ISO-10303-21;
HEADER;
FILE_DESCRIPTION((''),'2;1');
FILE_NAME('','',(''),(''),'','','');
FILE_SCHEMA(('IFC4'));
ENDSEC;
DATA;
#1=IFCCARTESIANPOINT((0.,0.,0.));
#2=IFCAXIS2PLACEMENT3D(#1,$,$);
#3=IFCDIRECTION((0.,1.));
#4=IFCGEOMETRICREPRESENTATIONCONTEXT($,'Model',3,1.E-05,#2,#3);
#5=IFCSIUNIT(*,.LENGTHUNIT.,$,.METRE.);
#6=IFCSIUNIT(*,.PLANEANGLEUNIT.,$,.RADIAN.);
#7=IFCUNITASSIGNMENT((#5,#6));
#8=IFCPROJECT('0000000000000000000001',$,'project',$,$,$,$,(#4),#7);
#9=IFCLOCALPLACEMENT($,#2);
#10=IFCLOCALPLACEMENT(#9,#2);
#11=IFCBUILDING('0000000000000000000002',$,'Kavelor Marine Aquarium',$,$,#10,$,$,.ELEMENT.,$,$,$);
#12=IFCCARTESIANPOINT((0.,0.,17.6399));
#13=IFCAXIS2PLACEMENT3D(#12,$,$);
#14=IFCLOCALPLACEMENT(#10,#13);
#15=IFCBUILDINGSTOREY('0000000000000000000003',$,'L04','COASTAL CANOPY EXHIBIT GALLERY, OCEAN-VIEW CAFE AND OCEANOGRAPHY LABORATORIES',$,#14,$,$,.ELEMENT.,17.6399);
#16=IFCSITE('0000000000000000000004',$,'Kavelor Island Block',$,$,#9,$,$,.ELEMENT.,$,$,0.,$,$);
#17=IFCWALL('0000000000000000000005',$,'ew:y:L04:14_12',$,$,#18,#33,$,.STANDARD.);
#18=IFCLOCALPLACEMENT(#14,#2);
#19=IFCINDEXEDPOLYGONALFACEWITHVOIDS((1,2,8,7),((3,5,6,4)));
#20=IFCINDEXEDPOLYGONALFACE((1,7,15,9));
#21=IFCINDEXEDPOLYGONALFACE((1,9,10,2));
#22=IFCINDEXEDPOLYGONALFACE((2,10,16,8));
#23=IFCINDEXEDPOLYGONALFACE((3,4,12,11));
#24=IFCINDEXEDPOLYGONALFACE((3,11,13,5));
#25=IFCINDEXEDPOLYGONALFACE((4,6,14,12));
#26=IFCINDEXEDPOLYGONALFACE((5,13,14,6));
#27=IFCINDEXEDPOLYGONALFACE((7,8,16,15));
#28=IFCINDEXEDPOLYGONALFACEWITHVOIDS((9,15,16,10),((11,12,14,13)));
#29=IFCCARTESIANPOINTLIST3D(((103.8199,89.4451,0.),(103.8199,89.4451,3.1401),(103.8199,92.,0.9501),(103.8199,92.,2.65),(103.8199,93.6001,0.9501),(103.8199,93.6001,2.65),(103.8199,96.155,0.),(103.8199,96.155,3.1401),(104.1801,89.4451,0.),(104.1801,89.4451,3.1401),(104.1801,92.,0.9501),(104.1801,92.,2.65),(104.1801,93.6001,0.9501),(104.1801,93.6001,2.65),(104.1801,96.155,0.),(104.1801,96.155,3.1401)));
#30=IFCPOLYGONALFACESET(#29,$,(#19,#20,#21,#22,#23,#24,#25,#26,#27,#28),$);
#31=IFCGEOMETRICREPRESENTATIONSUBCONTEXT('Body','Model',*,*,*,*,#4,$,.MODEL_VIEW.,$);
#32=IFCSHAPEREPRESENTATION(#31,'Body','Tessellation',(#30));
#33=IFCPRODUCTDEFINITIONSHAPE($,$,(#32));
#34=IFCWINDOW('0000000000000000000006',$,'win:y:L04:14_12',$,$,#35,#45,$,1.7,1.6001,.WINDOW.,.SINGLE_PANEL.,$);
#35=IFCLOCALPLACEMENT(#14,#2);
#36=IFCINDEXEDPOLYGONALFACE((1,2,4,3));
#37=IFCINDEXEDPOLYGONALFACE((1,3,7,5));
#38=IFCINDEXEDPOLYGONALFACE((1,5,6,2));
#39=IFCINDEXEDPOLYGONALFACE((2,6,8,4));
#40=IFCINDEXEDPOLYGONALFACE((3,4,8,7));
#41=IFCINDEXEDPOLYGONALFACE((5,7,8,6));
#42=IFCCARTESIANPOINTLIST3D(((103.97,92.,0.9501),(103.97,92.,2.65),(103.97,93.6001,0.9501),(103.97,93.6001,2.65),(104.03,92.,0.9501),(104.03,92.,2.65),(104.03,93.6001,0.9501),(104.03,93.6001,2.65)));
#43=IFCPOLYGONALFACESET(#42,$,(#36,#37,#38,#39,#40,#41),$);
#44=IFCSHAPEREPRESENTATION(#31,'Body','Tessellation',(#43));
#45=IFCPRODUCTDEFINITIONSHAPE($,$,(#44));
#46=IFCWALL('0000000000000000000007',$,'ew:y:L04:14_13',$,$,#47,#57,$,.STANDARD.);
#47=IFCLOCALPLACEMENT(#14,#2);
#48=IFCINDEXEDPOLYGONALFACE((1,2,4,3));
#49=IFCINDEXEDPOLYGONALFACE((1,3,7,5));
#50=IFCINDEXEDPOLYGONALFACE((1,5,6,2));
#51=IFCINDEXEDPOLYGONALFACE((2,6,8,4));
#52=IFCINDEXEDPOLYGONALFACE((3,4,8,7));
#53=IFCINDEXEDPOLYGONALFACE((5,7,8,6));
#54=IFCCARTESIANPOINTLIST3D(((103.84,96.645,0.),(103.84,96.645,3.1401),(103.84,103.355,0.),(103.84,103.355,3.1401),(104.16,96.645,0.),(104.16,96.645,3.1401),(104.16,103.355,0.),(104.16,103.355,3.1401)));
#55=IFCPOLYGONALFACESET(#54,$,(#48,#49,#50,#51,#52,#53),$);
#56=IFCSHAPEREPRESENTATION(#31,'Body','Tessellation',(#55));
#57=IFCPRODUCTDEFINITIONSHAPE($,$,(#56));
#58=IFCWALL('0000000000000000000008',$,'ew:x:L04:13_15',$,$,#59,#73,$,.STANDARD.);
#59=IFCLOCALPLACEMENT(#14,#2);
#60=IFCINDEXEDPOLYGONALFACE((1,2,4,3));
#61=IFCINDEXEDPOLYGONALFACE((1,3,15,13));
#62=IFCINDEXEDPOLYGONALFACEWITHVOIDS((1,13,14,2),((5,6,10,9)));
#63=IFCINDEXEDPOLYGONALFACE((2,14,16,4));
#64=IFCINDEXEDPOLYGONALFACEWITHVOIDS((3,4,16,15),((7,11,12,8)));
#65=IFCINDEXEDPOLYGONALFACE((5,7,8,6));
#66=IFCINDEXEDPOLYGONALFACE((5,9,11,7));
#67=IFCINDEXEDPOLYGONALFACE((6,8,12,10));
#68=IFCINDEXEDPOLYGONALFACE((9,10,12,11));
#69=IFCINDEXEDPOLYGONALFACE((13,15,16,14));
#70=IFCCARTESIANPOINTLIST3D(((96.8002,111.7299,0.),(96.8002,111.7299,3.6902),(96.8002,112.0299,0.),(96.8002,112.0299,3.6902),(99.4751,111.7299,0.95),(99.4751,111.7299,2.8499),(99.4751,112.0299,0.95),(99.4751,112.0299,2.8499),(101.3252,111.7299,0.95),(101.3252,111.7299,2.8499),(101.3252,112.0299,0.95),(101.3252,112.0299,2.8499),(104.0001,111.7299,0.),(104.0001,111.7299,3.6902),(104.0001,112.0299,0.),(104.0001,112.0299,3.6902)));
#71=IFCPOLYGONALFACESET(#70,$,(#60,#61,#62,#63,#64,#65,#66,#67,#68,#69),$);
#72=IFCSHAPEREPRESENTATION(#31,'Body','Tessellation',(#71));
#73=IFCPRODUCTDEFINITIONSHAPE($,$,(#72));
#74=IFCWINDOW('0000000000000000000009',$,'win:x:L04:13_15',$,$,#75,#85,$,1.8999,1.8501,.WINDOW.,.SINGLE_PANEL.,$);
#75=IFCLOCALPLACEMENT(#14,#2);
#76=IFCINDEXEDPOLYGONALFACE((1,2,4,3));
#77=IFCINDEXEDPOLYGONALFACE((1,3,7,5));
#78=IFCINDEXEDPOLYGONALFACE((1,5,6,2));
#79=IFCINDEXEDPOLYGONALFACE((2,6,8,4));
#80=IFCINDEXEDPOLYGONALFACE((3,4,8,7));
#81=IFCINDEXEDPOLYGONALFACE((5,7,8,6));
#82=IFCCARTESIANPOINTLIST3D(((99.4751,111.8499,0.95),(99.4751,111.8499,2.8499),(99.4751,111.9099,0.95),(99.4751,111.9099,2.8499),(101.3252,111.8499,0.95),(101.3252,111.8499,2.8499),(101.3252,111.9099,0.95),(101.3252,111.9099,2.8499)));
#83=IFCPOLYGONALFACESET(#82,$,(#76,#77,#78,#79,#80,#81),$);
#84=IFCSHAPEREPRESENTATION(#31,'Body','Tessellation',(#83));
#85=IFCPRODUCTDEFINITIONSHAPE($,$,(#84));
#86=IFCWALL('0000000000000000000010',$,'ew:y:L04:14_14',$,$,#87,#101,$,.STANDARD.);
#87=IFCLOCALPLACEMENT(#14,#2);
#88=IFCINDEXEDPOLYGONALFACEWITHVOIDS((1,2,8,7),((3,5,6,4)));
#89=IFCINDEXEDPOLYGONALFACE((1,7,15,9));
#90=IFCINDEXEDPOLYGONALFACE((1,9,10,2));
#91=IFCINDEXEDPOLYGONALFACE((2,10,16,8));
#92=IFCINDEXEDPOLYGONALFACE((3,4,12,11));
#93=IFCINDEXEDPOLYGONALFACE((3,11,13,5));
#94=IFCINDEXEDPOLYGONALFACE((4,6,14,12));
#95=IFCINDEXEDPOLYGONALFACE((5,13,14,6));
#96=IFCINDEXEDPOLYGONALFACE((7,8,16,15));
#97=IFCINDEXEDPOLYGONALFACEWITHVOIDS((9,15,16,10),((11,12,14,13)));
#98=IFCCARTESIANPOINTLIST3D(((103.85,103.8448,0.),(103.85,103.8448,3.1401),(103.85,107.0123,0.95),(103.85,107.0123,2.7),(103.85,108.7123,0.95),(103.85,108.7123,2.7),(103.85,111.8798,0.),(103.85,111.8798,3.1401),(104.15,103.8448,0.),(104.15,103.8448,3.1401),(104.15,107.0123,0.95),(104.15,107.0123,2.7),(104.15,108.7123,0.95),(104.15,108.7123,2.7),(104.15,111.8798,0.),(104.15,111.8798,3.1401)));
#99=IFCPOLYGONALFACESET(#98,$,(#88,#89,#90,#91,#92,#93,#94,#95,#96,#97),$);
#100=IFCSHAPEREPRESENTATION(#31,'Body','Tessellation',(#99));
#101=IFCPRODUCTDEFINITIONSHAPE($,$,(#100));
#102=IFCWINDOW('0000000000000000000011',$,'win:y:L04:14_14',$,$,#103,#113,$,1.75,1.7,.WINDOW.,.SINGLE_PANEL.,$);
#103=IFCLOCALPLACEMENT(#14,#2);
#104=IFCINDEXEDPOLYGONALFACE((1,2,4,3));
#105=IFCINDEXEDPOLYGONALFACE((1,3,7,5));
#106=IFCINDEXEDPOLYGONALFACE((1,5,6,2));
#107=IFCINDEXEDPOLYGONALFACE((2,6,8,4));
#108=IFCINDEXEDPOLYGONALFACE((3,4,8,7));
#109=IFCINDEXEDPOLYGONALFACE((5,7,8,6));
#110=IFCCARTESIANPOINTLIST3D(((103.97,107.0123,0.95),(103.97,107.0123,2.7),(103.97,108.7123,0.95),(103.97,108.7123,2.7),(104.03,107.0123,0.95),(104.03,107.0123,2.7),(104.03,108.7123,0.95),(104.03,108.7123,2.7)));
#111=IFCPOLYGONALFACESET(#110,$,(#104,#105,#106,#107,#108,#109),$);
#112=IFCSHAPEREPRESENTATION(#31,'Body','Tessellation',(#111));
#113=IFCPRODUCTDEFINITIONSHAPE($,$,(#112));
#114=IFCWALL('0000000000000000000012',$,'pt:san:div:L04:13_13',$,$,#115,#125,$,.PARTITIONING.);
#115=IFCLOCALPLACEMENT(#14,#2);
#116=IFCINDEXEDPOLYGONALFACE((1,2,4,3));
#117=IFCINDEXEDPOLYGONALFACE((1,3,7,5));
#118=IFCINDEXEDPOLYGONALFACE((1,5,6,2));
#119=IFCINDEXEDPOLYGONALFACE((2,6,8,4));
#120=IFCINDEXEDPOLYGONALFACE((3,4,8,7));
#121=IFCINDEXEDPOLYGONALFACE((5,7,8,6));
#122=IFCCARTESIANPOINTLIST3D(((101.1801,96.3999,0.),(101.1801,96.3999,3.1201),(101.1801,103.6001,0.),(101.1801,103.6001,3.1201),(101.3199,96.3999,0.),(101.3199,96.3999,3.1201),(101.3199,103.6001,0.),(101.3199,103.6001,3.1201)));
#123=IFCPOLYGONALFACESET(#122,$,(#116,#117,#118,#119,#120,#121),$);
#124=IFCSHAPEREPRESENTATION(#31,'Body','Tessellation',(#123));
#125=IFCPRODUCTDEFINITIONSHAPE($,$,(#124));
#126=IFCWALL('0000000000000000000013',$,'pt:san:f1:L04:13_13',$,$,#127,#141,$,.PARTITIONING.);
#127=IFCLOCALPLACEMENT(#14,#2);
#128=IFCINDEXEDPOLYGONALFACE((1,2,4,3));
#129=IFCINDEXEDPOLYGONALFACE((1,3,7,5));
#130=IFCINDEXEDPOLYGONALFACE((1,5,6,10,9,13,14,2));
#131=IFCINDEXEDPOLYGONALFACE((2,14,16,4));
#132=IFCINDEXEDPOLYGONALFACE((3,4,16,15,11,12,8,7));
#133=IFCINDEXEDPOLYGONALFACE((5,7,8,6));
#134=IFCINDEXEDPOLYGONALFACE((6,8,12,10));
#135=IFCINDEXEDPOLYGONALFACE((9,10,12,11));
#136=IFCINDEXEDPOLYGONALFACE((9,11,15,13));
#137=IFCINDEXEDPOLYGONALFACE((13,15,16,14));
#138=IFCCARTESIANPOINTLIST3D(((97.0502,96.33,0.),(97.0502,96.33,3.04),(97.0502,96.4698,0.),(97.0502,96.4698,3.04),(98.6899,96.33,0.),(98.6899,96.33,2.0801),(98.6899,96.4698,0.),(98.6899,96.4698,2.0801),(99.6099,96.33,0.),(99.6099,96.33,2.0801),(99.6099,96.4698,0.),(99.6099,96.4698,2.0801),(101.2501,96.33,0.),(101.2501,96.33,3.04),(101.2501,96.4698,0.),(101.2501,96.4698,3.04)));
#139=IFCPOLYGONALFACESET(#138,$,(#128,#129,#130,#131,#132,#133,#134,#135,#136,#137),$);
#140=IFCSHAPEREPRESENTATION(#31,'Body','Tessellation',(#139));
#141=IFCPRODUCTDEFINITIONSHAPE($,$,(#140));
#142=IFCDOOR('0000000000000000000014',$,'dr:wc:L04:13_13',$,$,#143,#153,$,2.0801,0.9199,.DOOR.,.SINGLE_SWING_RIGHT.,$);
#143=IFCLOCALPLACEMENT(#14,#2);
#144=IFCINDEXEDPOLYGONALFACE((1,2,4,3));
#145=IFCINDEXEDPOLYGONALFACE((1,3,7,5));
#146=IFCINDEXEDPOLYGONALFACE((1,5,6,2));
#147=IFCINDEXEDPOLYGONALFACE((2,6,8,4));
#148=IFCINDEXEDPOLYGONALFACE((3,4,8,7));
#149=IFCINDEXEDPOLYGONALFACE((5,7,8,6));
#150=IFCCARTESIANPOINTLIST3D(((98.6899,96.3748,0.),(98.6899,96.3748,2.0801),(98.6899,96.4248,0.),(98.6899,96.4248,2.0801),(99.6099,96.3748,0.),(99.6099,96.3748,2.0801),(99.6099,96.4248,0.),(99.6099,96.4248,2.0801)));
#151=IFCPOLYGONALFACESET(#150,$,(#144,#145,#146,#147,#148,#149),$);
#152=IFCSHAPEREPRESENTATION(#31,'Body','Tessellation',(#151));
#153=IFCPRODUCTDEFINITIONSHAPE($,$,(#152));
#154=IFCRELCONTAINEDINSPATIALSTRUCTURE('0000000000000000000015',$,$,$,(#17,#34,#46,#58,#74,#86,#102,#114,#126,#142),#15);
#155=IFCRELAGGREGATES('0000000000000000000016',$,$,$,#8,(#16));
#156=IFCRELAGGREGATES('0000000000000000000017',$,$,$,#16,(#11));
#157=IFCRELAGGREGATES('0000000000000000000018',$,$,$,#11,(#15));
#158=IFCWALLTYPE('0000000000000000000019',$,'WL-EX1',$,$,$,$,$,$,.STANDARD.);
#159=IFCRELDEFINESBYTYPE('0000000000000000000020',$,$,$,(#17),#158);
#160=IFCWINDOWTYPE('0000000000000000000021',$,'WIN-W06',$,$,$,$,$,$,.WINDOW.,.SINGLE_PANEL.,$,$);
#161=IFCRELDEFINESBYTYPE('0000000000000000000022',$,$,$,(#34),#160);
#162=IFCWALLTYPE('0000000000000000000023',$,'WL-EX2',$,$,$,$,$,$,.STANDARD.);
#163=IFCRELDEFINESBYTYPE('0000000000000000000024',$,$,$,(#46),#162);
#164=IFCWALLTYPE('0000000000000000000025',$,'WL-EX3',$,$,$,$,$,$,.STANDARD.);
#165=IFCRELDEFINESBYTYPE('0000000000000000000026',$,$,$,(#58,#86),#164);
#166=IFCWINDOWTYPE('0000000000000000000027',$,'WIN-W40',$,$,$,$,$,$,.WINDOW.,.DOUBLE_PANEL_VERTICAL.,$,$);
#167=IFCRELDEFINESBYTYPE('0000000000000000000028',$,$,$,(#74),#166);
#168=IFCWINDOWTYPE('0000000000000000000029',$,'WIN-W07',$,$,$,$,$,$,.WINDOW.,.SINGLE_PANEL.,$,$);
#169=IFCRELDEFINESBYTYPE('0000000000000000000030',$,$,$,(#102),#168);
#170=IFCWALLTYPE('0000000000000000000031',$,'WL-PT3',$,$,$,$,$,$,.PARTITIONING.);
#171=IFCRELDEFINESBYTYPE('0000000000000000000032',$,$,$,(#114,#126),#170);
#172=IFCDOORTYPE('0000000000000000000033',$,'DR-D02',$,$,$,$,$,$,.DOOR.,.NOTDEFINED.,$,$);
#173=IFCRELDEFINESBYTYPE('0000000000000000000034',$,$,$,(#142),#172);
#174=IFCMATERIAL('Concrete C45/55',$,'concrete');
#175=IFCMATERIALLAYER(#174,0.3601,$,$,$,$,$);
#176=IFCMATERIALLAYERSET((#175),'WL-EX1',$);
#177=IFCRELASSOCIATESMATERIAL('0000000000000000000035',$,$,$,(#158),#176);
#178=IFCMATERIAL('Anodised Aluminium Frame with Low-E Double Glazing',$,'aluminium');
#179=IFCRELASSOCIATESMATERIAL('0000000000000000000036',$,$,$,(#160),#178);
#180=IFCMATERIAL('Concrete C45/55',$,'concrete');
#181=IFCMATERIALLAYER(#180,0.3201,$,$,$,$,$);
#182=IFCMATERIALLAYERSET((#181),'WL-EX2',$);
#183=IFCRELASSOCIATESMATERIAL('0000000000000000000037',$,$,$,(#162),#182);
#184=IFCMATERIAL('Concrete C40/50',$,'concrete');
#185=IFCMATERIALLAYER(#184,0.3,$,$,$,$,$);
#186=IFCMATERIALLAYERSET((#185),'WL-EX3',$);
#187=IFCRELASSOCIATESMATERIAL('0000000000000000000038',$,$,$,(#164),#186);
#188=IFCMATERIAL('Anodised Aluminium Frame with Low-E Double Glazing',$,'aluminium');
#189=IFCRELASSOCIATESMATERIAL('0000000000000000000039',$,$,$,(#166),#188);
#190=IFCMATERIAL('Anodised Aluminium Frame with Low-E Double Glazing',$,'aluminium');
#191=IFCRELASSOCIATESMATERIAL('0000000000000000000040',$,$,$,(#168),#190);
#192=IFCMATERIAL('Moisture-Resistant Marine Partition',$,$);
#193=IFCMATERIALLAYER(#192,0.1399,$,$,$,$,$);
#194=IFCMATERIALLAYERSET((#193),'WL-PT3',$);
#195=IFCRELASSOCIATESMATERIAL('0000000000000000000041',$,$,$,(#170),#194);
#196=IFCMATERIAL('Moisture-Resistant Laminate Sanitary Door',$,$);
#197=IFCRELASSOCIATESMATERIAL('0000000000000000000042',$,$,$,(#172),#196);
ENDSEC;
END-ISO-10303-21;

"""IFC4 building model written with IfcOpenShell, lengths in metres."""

from ifc_helpers import new_model, si_unit, direction, frame, frame_2d, origin, place, context, subcontext, project, spatial, rectangle, extrude, material, layer, layer_set, type_object, element, fill, save


model = new_model("IFC4")

# Units and contexts
model_context = context("Model", 3, precision=1e-05, world=origin(), true_north=direction((0.0, 1.0)))
body_context = subcontext(model_context, "Body", "Model", "MODEL_VIEW")
ifc_project = project(units=[si_unit("LENGTHUNIT", "METRE"), si_unit("PLANEANGLEUNIT", "RADIAN")], contexts=[model_context])

# Site, building, storey
site_placement = place(None, origin())
site = spatial("IfcSite", under=ifc_project, at=site_placement, Name="Kavelor Island Block", CompositionType="ELEMENT", RefElevation=0.0)
building_placement = place(site_placement, origin())
building = spatial("IfcBuilding", under=site, at=building_placement, Name="Kavelor Marine Aquarium", CompositionType="ELEMENT")
storey_placement = place(building_placement, frame((0.0, 0.0, 17.6399)))
storey = spatial("IfcBuildingStorey", under=building, at=storey_placement, Name="L04", Description="COASTAL CANOPY EXHIBIT GALLERY, OCEAN-VIEW CAFE AND OCEANOGRAPHY LABORATORIES", CompositionType="ELEMENT", Elevation=17.6399)

# Wall, opening, window
ifc_material_1 = material(Name="Concrete C45/55", Category="concrete")
ifc_layer_1 = layer(ifc_material_1, 0.3601)
ifc_layer_set_1 = layer_set([ifc_layer_1], Name="WL-EX1")
wall_type_1 = type_object("IfcWallType", Name="WL-EX1", PredefinedType="STANDARD", material=ifc_layer_set_1)
wall_1_placement = place(storey_placement, frame((104.0, 96.155, 0.0), z_axis=(0.0, 0.0, 1.0), x_axis=(0.0, -1.0, 0.0)))
wall_1 = element("IfcWall", 1, at=wall_1_placement, inside=storey, type_object=wall_type_1, Name="ew:y:L04:14_12", PredefinedType="STANDARD", context=body_context, shape_type="SweptSolid", body=[
    extrude(rectangle(XDim=6.71, YDim=0.3601, at=frame_2d((3.355, 0.0))), origin(), (0.0, 0.0, 1.0), 3.1401),
])
opening_1_placement = place(wall_1_placement, frame((2.5549, 0.0, 0.95)))
opening_1 = element("IfcOpeningElement", 2, at=opening_1_placement, cuts=wall_1, PredefinedType="OPENING", context=body_context, shape_type="SweptSolid", body=[
    extrude(rectangle(XDim=1.6001, YDim=1.7, at=frame_2d((0.8, 0.8501))), frame((0.0, 0.1899, 0.0), z_axis=(0.0, -1.0, 0.0), x_axis=(1.0, 0.0, 0.0)), (0.0, 0.0, 1.0), 0.3801),
])
ifc_material_2 = material(Name="Anodised Aluminium Frame with Low-E Double Glazing", Category="aluminium")
window_type_1 = type_object("IfcWindowType", Name="WIN-W06", PartitioningType="SINGLE_PANEL", PredefinedType="WINDOW", material=ifc_material_2)
window_1_placement = place(opening_1_placement, origin())
window_1 = element("IfcWindow", 3, at=window_1_placement, inside=storey, type_object=window_type_1, Name="win:y:L04:14_12", OverallHeight=1.7, OverallWidth=1.6001, PartitioningType="SINGLE_PANEL", PredefinedType="WINDOW", context=body_context, shape_type="SweptSolid", body=[
    extrude(rectangle(XDim=1.6001, YDim=1.7, at=frame_2d((0.8, 0.8501))), frame((0.0, 0.03, 0.0), z_axis=(0.0, -1.0, 0.0), x_axis=(1.0, 0.0, 0.0)), (0.0, 0.0, 1.0), 0.0601),
])
fill(opening_1, window_1)

# Wall
ifc_material_3 = material(Name="Concrete C45/55", Category="concrete")
ifc_layer_2 = layer(ifc_material_3, 0.3201)
ifc_layer_set_2 = layer_set([ifc_layer_2], Name="WL-EX2")
wall_type_2 = type_object("IfcWallType", Name="WL-EX2", PredefinedType="STANDARD", material=ifc_layer_set_2)
wall_2_placement = place(storey_placement, frame((104.0, 103.355, 0.0), z_axis=(0.0, 0.0, 1.0), x_axis=(0.0, -1.0, 0.0)))
element("IfcWall", 4, at=wall_2_placement, inside=storey, type_object=wall_type_2, Name="ew:y:L04:14_13", PredefinedType="STANDARD", context=body_context, shape_type="SweptSolid", body=[
    extrude(rectangle(XDim=6.71, YDim=0.3201, at=frame_2d((3.355, 0.0))), origin(), (0.0, 0.0, 1.0), 3.1401),
])

# Walls, openings, windows
ifc_material_4 = material(Name="Concrete C40/50", Category="concrete")
ifc_layer_3 = layer(ifc_material_4, 0.3)
ifc_layer_set_3 = layer_set([ifc_layer_3], Name="WL-EX3")
wall_type_3 = type_object("IfcWallType", Name="WL-EX3", PredefinedType="STANDARD", material=ifc_layer_set_3)
wall_3_placement = place(storey_placement, frame((96.8, 111.8799, 0.0), z_axis=(0.0, 0.0, 1.0), x_axis=(1.0, 0.0, 0.0)))
wall_3 = element("IfcWall", 5, at=wall_3_placement, inside=storey, type_object=wall_type_3, Name="ew:x:L04:13_15", PredefinedType="STANDARD", context=body_context, shape_type="SweptSolid", body=[
    extrude(rectangle(XDim=7.2, YDim=0.3, at=frame_2d((3.6001, 0.0))), origin(), (0.0, 0.0, 1.0), 3.6902),
])
opening_2_placement = place(wall_3_placement, frame((2.675, 0.0, 0.95)))
opening_2 = element("IfcOpeningElement", 6, at=opening_2_placement, cuts=wall_3, PredefinedType="OPENING", context=body_context, shape_type="SweptSolid", body=[
    extrude(rectangle(XDim=1.8501, YDim=1.8999, at=frame_2d((0.925, 0.95))), frame((0.0, 0.1599, 0.0), z_axis=(0.0, -1.0, 0.0), x_axis=(1.0, 0.0, 0.0)), (0.0, 0.0, 1.0), 0.32),
])
ifc_material_5 = material(Name="Anodised Aluminium Frame with Low-E Double Glazing", Category="aluminium")
window_type_2 = type_object("IfcWindowType", Name="WIN-W40", PartitioningType="DOUBLE_PANEL_VERTICAL", PredefinedType="WINDOW", material=ifc_material_5)
window_2_placement = place(opening_2_placement, origin())
window_2 = element("IfcWindow", 7, at=window_2_placement, inside=storey, type_object=window_type_2, Name="win:x:L04:13_15", OverallHeight=1.8999, OverallWidth=1.8501, PartitioningType="SINGLE_PANEL", PredefinedType="WINDOW", context=body_context, shape_type="SweptSolid", body=[
    extrude(rectangle(XDim=1.8501, YDim=1.8999, at=frame_2d((0.925, 0.95))), frame((0.0, 0.03, 0.0), z_axis=(0.0, -1.0, 0.0), x_axis=(1.0, 0.0, 0.0)), (0.0, 0.0, 1.0), 0.0601),
])
fill(opening_2, window_2)
wall_4_placement = place(storey_placement, frame((104.0, 111.8799, 0.0), z_axis=(0.0, 0.0, 1.0), x_axis=(0.0, -1.0, 0.0)))
wall_4 = element("IfcWall", 8, at=wall_4_placement, inside=storey, type_object=wall_type_3, Name="ew:y:L04:14_14", PredefinedType="STANDARD", context=body_context, shape_type="SweptSolid", body=[
    extrude(rectangle(XDim=8.0349, YDim=0.3, at=frame_2d((4.0176, 0.0))), origin(), (0.0, 0.0, 1.0), 3.1401),
])
opening_3_placement = place(wall_4_placement, frame((3.1675, 0.0, 0.95)))
opening_3 = element("IfcOpeningElement", 9, at=opening_3_placement, cuts=wall_4, PredefinedType="OPENING", context=body_context, shape_type="SweptSolid", body=[
    extrude(rectangle(XDim=1.7, YDim=1.75, at=frame_2d((0.8501, 0.875))), frame((0.0, 0.1599, 0.0), z_axis=(0.0, -1.0, 0.0), x_axis=(1.0, 0.0, 0.0)), (0.0, 0.0, 1.0), 0.32),
])
ifc_material_6 = material(Name="Anodised Aluminium Frame with Low-E Double Glazing", Category="aluminium")
window_type_3 = type_object("IfcWindowType", Name="WIN-W07", PartitioningType="SINGLE_PANEL", PredefinedType="WINDOW", material=ifc_material_6)
window_3_placement = place(opening_3_placement, origin())
window_3 = element("IfcWindow", 10, at=window_3_placement, inside=storey, type_object=window_type_3, Name="win:y:L04:14_14", OverallHeight=1.75, OverallWidth=1.7, PartitioningType="SINGLE_PANEL", PredefinedType="WINDOW", context=body_context, shape_type="SweptSolid", body=[
    extrude(rectangle(XDim=1.7, YDim=1.75, at=frame_2d((0.8501, 0.875))), frame((0.0, 0.03, 0.0), z_axis=(0.0, -1.0, 0.0), x_axis=(1.0, 0.0, 0.0)), (0.0, 0.0, 1.0), 0.0601),
])
fill(opening_3, window_3)

# Wall
ifc_material_7 = material(Name="Moisture-Resistant Marine Partition")
ifc_layer_4 = layer(ifc_material_7, 0.1399)
ifc_layer_set_4 = layer_set([ifc_layer_4], Name="WL-PT3")
wall_type_4 = type_object("IfcWallType", Name="WL-PT3", PredefinedType="PARTITIONING", material=ifc_layer_set_4)
wall_5_placement = place(storey_placement, frame((101.25, 96.3999, 0.0), z_axis=(0.0, 0.0, 1.0), x_axis=(0.0, 1.0, 0.0)))
element("IfcWall", 11, at=wall_5_placement, inside=storey, type_object=wall_type_4, Name="pt:san:div:L04:13_13", PredefinedType="PARTITIONING", context=body_context, shape_type="SweptSolid", body=[
    extrude(rectangle(XDim=7.2002, YDim=0.1399, at=frame_2d((3.6001, 0.0))), origin(), (0.0, 0.0, 1.0), 3.1201),
])

# Wall, opening, door
wall_6_placement = place(storey_placement, frame((97.05, 96.3999, 0.0), z_axis=(0.0, 0.0, 1.0), x_axis=(1.0, 0.0, 0.0)))
wall_6 = element("IfcWall", 12, at=wall_6_placement, inside=storey, type_object=wall_type_4, Name="pt:san:f1:L04:13_13", PredefinedType="PARTITIONING", context=body_context, shape_type="SweptSolid", body=[
    extrude(rectangle(XDim=4.2, YDim=0.1399, at=frame_2d((2.1001, 0.0))), origin(), (0.0, 0.0, 1.0), 3.04),
])
opening_4_placement = place(wall_6_placement, frame((1.6399, 0.0, 0.0)))
opening_4 = element("IfcOpeningElement", 13, at=opening_4_placement, cuts=wall_6, PredefinedType="OPENING", context=body_context, shape_type="SweptSolid", body=[
    extrude(rectangle(XDim=0.9199, YDim=2.0801, at=frame_2d((0.46, 1.04))), frame((0.0, 0.0798, 0.0), z_axis=(0.0, -1.0, 0.0), x_axis=(1.0, 0.0, 0.0)), (0.0, 0.0, 1.0), 0.1599),
])
ifc_material_8 = material(Name="Moisture-Resistant Laminate Sanitary Door")
door_type = type_object("IfcDoorType", Name="DR-D02", OperationType="NOTDEFINED", PredefinedType="DOOR", material=ifc_material_8)
door_1_placement = place(opening_4_placement, origin())
door_1 = element("IfcDoor", 14, at=door_1_placement, inside=storey, type_object=door_type, Name="dr:wc:L04:13_13", OperationType="SINGLE_SWING_RIGHT", OverallHeight=2.0801, OverallWidth=0.9199, PredefinedType="DOOR", context=body_context, shape_type="SweptSolid", body=[
    extrude(rectangle(XDim=0.9199, YDim=2.0801, at=frame_2d((0.46, 1.04))), frame((0.0, 0.0249, 0.0), z_axis=(0.0, -1.0, 0.0), x_axis=(1.0, 0.0, 0.0)), (0.0, 0.0, 1.0), 0.05),
])
fill(opening_4, door_1)

save(model, "model.ifc")
